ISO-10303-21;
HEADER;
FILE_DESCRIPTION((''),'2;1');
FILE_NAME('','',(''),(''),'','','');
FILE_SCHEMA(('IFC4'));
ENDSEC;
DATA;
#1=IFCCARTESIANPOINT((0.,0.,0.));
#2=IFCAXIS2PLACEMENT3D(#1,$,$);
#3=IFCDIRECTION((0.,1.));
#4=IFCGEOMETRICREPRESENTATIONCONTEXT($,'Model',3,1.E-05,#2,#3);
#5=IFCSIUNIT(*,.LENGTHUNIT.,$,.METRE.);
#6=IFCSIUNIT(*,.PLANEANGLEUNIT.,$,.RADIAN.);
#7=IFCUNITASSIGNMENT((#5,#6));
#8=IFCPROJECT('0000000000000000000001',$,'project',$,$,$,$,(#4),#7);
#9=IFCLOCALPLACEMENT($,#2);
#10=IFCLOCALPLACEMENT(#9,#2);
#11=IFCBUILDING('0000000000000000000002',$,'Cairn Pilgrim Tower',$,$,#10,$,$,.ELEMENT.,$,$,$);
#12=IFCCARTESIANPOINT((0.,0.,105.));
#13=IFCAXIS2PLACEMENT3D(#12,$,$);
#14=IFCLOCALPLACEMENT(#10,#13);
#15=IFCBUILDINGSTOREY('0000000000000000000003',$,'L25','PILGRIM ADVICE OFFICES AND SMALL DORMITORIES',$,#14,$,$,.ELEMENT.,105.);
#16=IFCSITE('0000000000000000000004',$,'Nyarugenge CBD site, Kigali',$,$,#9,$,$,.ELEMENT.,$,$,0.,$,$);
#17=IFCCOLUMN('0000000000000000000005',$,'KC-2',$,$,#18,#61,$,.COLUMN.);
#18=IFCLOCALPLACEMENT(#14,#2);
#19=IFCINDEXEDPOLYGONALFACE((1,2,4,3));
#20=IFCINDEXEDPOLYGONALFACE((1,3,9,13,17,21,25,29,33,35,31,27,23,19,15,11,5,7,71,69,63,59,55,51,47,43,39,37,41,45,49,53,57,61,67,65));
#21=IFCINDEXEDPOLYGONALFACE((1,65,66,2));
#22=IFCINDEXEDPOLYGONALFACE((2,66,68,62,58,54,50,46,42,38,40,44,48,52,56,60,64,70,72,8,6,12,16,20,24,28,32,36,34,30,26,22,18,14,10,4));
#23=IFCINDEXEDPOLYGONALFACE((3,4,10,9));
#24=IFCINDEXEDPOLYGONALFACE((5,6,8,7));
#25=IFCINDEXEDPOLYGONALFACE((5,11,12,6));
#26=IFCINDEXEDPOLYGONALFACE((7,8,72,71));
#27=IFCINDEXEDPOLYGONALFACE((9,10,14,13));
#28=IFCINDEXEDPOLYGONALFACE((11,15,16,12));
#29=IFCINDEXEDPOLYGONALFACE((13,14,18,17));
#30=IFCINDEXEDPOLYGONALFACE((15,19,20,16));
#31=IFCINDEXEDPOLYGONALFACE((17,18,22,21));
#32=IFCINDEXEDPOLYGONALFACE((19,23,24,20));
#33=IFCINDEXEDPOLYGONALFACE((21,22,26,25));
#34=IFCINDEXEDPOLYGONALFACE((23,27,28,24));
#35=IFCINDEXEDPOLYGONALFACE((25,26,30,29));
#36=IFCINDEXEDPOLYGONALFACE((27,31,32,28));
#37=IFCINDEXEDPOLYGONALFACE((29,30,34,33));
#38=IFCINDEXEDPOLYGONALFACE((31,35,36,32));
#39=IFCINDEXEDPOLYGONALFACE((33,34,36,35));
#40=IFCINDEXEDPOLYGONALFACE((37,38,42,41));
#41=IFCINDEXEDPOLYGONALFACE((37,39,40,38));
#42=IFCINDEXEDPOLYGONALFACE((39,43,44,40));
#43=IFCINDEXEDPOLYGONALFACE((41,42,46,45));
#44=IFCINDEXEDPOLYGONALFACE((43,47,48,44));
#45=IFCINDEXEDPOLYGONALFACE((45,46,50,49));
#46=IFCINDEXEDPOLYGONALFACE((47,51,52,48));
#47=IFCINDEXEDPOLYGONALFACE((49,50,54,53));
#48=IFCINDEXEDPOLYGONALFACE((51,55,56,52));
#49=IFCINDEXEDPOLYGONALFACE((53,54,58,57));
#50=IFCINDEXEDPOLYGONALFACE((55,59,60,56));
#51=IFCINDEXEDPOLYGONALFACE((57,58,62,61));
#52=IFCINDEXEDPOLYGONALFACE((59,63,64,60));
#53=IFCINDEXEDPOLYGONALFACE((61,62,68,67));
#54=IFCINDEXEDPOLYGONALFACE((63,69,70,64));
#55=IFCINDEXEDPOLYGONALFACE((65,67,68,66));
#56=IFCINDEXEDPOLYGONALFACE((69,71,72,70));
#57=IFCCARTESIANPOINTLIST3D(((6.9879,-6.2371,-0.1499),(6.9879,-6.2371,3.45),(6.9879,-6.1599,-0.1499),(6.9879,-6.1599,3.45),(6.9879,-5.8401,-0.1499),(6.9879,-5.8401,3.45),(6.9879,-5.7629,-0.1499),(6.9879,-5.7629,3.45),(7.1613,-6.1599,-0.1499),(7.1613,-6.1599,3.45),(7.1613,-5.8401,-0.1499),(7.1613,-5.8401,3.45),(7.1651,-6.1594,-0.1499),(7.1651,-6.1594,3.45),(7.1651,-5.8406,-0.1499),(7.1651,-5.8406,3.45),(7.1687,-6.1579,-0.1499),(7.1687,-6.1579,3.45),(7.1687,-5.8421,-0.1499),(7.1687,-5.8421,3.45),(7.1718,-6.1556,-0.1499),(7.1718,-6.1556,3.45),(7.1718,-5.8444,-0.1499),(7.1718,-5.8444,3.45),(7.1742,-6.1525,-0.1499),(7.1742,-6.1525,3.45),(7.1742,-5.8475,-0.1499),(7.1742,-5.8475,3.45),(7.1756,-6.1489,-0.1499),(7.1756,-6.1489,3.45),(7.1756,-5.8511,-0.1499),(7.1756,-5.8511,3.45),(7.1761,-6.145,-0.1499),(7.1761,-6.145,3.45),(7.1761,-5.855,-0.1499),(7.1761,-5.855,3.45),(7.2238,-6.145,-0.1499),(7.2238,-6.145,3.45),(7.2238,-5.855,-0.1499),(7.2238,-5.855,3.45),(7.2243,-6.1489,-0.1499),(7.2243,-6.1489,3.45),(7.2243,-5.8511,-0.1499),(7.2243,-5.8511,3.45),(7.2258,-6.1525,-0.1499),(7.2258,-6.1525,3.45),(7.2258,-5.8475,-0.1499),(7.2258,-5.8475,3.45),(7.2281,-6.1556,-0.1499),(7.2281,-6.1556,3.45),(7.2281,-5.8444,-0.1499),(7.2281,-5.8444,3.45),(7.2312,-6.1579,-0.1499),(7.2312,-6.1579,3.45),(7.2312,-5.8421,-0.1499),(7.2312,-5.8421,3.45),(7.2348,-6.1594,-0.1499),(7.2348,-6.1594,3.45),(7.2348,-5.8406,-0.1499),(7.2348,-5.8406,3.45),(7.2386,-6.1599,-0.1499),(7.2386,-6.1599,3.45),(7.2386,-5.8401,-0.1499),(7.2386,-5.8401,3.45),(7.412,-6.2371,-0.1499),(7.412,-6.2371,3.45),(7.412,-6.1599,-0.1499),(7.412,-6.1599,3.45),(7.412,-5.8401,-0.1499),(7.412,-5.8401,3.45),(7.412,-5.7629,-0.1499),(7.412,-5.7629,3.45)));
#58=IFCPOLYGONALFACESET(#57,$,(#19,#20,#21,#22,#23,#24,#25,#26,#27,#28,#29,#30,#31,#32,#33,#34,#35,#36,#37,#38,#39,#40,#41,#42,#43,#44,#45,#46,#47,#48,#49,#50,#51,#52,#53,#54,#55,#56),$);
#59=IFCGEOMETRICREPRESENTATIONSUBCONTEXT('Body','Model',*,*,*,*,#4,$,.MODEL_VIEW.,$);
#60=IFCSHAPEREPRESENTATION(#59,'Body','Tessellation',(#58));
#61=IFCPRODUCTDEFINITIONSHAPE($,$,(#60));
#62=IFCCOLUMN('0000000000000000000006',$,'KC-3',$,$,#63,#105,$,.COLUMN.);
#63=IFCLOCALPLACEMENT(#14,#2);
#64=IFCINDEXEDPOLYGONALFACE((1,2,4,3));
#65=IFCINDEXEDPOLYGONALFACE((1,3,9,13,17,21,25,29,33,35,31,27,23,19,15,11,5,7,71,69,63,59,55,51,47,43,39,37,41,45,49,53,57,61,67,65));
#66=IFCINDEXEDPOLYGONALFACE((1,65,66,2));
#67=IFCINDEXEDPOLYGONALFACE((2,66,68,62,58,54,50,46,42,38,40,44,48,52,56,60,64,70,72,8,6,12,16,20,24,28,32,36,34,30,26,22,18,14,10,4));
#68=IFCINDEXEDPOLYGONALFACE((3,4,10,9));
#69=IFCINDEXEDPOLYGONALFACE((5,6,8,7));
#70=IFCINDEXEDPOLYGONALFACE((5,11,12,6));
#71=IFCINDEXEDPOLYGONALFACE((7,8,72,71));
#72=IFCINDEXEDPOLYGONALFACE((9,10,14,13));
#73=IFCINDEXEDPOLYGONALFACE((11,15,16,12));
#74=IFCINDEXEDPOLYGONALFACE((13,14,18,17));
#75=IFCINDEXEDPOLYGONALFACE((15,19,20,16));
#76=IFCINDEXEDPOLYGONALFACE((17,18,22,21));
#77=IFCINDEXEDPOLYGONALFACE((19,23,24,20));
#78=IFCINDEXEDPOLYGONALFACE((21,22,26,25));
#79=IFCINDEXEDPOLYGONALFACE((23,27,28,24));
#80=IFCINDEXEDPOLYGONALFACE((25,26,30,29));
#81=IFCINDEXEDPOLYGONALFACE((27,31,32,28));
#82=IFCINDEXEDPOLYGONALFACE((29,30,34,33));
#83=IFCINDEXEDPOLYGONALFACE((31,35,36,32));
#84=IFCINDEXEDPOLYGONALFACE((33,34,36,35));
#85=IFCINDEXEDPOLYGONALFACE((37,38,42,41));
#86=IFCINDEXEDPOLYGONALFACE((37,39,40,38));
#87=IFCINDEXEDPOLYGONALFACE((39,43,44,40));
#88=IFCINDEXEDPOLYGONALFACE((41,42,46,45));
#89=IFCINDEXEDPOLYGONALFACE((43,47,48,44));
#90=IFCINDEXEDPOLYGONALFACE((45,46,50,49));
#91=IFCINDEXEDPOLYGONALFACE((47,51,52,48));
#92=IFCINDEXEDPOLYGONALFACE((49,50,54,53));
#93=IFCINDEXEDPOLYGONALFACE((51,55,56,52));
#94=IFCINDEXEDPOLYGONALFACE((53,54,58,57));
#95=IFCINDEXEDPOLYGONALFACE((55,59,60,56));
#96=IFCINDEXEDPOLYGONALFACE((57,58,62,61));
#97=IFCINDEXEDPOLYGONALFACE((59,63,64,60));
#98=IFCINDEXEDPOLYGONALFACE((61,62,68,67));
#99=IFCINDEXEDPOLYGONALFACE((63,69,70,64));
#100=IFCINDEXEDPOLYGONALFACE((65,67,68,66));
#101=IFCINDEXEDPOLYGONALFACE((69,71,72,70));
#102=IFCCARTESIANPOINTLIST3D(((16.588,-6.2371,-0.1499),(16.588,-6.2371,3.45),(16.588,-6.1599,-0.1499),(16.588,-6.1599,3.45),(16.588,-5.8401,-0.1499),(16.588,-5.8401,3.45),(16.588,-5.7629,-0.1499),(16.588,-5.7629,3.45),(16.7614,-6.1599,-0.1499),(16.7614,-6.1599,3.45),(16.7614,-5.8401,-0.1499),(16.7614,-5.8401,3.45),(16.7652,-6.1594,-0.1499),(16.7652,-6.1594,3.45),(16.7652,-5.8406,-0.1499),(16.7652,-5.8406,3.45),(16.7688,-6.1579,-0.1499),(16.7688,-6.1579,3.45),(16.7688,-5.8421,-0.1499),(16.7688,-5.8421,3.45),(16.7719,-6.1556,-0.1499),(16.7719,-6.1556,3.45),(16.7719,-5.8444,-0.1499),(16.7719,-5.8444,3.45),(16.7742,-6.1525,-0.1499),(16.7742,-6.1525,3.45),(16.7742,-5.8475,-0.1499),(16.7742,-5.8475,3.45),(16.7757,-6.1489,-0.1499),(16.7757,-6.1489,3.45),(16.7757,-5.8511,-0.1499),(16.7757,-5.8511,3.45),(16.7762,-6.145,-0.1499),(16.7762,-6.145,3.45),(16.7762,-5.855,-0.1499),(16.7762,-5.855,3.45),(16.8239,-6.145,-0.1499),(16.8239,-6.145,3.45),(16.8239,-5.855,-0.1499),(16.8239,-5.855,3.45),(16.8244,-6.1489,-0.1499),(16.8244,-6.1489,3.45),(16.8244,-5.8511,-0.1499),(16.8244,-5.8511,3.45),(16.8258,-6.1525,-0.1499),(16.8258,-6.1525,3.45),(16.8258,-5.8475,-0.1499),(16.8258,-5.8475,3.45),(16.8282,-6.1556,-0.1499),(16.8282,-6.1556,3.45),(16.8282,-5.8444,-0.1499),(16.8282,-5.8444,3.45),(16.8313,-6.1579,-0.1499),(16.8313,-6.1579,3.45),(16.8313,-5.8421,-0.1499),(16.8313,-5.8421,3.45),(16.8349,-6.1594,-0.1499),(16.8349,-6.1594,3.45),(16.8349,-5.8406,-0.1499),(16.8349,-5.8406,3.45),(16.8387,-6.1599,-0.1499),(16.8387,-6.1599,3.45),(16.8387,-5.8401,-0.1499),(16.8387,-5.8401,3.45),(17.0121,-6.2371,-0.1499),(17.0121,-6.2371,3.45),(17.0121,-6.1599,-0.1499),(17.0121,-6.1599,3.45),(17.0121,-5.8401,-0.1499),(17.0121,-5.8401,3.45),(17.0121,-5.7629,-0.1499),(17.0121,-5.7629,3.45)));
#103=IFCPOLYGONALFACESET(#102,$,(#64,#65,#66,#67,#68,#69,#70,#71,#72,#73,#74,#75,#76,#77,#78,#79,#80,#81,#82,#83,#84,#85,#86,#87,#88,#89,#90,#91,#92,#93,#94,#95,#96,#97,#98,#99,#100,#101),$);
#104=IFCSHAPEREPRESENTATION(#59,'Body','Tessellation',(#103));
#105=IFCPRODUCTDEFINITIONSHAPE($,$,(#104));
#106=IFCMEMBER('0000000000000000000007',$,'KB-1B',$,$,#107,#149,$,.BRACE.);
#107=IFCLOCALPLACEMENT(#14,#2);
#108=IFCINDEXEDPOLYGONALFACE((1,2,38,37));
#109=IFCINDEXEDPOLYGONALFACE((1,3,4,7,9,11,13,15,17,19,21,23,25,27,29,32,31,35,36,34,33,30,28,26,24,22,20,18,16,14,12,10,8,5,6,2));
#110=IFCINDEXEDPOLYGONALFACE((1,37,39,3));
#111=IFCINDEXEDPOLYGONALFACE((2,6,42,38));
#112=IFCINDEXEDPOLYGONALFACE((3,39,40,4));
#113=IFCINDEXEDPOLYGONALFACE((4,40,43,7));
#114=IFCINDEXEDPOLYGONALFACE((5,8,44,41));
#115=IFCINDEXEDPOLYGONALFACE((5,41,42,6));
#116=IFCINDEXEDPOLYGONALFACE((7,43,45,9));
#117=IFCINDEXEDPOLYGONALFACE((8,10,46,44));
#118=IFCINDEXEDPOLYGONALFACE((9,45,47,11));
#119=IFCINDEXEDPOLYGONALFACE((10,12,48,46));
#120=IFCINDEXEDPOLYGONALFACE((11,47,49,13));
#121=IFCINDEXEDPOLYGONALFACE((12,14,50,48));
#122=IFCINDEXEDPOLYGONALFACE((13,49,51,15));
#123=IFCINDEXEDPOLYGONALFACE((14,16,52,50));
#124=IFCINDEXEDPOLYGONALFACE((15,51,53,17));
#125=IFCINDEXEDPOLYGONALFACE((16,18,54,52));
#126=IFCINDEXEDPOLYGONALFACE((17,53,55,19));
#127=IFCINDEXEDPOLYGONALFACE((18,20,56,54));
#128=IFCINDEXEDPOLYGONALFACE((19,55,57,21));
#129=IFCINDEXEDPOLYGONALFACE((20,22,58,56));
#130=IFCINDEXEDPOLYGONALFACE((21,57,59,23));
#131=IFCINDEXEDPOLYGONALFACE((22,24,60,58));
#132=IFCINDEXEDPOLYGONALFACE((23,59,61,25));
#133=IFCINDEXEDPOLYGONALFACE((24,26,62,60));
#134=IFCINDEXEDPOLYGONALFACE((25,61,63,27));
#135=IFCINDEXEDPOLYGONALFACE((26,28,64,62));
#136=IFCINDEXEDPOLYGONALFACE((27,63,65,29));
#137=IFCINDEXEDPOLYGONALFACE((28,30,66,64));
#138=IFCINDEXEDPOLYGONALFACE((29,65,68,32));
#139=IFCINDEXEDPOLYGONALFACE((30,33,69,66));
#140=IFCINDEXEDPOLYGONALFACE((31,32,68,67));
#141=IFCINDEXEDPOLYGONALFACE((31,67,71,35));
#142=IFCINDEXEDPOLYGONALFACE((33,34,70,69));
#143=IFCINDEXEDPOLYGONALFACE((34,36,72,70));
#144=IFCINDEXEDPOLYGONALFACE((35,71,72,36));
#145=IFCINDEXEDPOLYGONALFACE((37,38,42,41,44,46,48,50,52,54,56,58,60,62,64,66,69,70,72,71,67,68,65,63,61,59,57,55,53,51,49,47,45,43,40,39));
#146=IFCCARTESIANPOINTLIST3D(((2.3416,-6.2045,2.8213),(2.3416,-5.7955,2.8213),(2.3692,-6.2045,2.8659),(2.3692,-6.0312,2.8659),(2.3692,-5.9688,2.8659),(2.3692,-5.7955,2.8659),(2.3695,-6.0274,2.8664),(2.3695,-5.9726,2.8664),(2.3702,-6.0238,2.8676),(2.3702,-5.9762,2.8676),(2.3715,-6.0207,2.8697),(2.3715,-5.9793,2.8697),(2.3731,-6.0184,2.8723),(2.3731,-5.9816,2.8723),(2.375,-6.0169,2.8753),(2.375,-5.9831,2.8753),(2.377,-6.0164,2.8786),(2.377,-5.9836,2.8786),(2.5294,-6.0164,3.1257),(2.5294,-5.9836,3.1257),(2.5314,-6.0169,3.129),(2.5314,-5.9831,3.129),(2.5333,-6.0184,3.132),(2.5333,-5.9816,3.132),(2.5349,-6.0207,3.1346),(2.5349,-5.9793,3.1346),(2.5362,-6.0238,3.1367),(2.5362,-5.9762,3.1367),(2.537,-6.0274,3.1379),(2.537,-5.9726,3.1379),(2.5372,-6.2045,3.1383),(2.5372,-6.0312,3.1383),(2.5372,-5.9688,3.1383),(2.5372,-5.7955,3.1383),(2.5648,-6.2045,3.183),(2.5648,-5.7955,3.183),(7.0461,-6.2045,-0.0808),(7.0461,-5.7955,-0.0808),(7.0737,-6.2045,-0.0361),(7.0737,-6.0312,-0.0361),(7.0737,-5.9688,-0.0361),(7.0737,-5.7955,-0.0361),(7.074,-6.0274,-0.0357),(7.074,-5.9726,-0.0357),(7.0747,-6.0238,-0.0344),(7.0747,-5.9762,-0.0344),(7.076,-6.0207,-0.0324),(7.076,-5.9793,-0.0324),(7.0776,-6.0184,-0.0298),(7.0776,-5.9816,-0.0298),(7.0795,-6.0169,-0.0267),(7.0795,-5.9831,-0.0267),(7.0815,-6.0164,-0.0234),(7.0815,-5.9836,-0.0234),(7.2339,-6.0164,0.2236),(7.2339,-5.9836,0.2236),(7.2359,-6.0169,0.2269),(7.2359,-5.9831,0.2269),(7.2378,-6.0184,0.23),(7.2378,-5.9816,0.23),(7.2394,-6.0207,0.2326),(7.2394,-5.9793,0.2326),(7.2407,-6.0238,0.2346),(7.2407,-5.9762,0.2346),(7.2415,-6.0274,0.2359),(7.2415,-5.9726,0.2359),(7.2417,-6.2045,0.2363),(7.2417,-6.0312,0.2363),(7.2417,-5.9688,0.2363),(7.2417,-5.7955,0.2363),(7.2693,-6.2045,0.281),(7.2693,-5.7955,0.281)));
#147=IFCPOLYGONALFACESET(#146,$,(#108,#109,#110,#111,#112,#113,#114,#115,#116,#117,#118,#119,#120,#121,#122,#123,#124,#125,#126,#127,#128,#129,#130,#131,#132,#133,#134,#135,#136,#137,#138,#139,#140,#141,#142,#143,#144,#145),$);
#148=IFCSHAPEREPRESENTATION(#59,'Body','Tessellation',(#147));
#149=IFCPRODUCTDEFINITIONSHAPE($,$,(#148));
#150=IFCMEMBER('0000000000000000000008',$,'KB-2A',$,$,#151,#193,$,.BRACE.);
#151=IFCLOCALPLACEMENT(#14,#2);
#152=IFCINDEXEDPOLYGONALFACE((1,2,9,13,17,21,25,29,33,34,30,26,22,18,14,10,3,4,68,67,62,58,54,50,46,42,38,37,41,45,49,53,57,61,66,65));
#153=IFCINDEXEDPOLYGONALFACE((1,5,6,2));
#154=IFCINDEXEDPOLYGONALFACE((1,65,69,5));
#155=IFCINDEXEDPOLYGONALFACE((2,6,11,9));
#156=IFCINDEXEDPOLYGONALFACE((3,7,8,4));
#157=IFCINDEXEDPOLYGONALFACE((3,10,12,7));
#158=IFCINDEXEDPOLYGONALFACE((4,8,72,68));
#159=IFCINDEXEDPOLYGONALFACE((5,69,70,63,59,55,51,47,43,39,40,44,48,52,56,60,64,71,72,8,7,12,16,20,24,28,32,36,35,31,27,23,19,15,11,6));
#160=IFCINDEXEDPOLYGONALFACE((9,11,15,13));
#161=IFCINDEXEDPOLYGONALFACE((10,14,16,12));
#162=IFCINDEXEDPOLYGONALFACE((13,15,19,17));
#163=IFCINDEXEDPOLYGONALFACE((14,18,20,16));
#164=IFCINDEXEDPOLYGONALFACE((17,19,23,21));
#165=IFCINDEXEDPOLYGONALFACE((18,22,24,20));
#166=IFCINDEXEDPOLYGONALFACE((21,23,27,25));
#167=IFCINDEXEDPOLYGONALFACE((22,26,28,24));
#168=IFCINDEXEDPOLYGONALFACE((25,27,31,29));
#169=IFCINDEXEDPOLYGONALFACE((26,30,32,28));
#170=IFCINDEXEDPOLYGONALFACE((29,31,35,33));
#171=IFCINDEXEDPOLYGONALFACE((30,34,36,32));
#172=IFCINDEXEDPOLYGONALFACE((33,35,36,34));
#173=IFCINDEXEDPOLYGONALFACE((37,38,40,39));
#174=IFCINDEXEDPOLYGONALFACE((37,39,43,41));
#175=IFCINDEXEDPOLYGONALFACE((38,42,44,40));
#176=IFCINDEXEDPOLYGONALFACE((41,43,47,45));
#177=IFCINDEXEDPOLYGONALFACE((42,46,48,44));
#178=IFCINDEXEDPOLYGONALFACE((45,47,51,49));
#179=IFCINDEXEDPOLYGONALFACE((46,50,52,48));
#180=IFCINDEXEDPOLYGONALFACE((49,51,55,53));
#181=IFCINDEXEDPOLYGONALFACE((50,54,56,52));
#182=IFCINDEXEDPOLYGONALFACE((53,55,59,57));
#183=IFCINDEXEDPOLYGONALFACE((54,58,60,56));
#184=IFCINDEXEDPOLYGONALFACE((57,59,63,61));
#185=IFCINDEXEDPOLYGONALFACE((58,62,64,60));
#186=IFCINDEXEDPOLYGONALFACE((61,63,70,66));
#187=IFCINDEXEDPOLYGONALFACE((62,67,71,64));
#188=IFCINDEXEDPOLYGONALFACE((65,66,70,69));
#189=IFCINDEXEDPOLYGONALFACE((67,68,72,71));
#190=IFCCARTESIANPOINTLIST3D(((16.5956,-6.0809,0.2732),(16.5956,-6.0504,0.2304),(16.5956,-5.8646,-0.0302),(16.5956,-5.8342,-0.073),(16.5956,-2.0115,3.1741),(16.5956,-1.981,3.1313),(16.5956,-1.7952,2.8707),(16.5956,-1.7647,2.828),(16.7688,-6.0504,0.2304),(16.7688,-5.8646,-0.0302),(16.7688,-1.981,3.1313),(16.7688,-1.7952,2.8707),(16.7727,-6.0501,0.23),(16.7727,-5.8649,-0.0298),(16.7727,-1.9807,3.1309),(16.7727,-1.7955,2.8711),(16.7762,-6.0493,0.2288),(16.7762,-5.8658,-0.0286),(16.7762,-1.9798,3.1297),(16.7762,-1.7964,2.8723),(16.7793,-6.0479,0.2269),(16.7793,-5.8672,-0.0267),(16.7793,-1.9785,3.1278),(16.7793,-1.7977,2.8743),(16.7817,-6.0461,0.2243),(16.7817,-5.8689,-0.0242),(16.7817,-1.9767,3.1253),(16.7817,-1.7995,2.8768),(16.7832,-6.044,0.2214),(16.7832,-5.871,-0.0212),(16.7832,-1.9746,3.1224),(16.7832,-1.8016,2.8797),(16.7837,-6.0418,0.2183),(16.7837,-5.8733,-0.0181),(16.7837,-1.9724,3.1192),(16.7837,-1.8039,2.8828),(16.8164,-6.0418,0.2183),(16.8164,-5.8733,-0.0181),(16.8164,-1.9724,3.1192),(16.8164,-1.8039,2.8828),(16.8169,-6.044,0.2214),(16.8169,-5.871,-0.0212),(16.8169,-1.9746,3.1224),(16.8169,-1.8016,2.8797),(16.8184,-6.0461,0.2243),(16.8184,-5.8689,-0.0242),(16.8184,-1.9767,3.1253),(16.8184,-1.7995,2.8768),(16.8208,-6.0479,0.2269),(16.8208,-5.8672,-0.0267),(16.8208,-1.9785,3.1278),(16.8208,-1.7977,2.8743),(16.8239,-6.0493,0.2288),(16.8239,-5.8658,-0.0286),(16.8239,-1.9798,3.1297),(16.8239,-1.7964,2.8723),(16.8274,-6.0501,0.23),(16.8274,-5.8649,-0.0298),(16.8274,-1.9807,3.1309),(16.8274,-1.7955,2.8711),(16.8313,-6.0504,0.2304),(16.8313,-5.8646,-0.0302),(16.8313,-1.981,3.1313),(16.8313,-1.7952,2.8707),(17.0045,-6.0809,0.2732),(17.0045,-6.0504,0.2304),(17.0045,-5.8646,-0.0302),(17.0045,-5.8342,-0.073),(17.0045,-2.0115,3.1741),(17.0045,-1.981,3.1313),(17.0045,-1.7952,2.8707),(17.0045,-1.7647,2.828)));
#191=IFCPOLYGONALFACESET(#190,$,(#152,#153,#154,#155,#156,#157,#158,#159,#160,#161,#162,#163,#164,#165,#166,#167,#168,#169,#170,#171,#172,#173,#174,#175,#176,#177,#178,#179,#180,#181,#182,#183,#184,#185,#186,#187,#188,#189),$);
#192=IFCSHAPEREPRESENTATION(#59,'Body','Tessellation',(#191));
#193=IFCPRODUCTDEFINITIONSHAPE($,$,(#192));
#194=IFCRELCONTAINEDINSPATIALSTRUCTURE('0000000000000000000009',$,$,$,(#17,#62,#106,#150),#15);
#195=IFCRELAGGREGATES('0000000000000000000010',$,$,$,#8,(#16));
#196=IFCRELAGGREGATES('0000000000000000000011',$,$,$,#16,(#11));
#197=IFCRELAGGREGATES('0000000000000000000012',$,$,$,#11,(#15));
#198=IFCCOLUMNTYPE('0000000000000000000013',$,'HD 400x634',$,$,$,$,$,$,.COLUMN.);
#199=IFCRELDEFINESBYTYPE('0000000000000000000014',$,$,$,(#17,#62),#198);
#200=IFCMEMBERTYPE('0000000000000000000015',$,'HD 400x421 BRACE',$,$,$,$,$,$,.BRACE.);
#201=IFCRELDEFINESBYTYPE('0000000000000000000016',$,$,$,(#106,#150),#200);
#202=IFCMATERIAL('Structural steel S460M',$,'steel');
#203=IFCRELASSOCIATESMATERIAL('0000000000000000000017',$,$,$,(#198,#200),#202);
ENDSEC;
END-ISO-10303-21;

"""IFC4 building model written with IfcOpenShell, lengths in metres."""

from ifc_helpers import new_model, si_unit, direction, frame, origin, origin_2d, place, context, subcontext, project, spatial, i_section, extrude, material, material_profile, profile_set, type_object, element, save


model = new_model("IFC4")

# Units and contexts
model_context = context("Model", 3, precision=1e-05, world=origin(), true_north=direction((0.0, 1.0)))
body_context = subcontext(model_context, "Body", "Model", "MODEL_VIEW")
ifc_project = project(units=[si_unit("LENGTHUNIT", "METRE"), si_unit("PLANEANGLEUNIT", "RADIAN")], contexts=[model_context])

# Site, building, storey
site_placement = place(None, origin())
site = spatial("IfcSite", under=ifc_project, at=site_placement, Name="Nyarugenge CBD site, Kigali", CompositionType="ELEMENT", RefElevation=0.0)
building_placement = place(site_placement, origin())
building = spatial("IfcBuilding", under=site, at=building_placement, Name="Cairn Pilgrim Tower", CompositionType="ELEMENT")
storey_placement = place(building_placement, frame((0.0, 0.0, 105.0)))
storey = spatial("IfcBuildingStorey", under=building, at=storey_placement, Name="L25", Description="PILGRIM ADVICE OFFICES AND SMALL DORMITORIES", CompositionType="ELEMENT", Elevation=105.0)

# Columns
ifc_material_1 = material(Name="Structural steel S460M", Category="steel")
ifc_material_profile_1 = material_profile(ifc_material_1, i_section(OverallWidth=0.4241, OverallDepth=0.4741, WebThickness=0.0476, FlangeThickness=0.0771, FilletRadius=0.0149, at=origin_2d()), Name="HD 400x634")
ifc_profile_set_1 = profile_set([ifc_material_profile_1], Name="Structural steel S460M")
column_type = type_object("IfcColumnType", Name="HD 400x634", PredefinedType="COLUMN", material=ifc_profile_set_1)
for number, where, z_axis, x_axis, name in (
    (1, (7.2, -6.0, -0.1499), (0.0, 0.0, 1.0), (1.0, 0.0, 0.0), "KC-2"),
    (2, (16.8, -6.0, -0.1499), (0.0, 0.0, 1.0), (1.0, 0.0, 0.0), "KC-3"),
):
    element("IfcColumn", number, at=place(storey_placement, frame(where, z_axis=z_axis, x_axis=x_axis)), inside=storey, type_object=column_type, Name=name, PredefinedType="COLUMN", context=body_context, shape_type="SweptSolid", body=[
        extrude(i_section(OverallWidth=0.4241, OverallDepth=0.4741, WebThickness=0.0476, FlangeThickness=0.0771, FilletRadius=0.0149, at=origin_2d()), origin(), (0.0, 0.0, 1.0), 3.5999),
    ])

# Members
ifc_material_profile_2 = material_profile(ifc_material_1, i_section(OverallWidth=0.4089, OverallDepth=0.425, WebThickness=0.0327, FlangeThickness=0.0525, FilletRadius=0.0149, at=origin_2d()), Name="HD 400x421")
ifc_profile_set_2 = profile_set([ifc_material_profile_2], Name="Structural steel S460M")
member_type = type_object("IfcMemberType", Name="HD 400x421 BRACE", PredefinedType="BRACE", material=ifc_profile_set_2)
member_1_placement = place(storey_placement, frame((7.1577, -6.0, 0.1001), z_axis=(-0.851095, 0.0, 0.525011), x_axis=(0.0, -1.0, 0.0)))
element("IfcMember", 3, at=member_1_placement, inside=storey, type_object=member_type, Name="KB-1B", PredefinedType="BRACE", context=body_context, shape_type="SweptSolid", body=[
    extrude(i_section(OverallWidth=0.4089, OverallDepth=0.425, WebThickness=0.0327, FlangeThickness=0.0525, FilletRadius=0.0149, at=origin_2d()), origin(), (0.0, 0.0, 1.0), 5.5276),
])
member_2_placement = place(storey_placement, frame((16.8, -5.9575, 0.1001), z_axis=(0.0, 0.814281, 0.580471), x_axis=(-1.0, 0.0, 0.0)))
element("IfcMember", 4, at=member_2_placement, inside=storey, type_object=member_type, Name="KB-2A", PredefinedType="BRACE", context=body_context, shape_type="SweptSolid", body=[
    extrude(i_section(OverallWidth=0.4089, OverallDepth=0.425, WebThickness=0.0327, FlangeThickness=0.0525, FilletRadius=0.0149, at=origin_2d()), origin(), (0.0, 0.0, 1.0), 4.9976),
])

save(model, "model.ifc")
